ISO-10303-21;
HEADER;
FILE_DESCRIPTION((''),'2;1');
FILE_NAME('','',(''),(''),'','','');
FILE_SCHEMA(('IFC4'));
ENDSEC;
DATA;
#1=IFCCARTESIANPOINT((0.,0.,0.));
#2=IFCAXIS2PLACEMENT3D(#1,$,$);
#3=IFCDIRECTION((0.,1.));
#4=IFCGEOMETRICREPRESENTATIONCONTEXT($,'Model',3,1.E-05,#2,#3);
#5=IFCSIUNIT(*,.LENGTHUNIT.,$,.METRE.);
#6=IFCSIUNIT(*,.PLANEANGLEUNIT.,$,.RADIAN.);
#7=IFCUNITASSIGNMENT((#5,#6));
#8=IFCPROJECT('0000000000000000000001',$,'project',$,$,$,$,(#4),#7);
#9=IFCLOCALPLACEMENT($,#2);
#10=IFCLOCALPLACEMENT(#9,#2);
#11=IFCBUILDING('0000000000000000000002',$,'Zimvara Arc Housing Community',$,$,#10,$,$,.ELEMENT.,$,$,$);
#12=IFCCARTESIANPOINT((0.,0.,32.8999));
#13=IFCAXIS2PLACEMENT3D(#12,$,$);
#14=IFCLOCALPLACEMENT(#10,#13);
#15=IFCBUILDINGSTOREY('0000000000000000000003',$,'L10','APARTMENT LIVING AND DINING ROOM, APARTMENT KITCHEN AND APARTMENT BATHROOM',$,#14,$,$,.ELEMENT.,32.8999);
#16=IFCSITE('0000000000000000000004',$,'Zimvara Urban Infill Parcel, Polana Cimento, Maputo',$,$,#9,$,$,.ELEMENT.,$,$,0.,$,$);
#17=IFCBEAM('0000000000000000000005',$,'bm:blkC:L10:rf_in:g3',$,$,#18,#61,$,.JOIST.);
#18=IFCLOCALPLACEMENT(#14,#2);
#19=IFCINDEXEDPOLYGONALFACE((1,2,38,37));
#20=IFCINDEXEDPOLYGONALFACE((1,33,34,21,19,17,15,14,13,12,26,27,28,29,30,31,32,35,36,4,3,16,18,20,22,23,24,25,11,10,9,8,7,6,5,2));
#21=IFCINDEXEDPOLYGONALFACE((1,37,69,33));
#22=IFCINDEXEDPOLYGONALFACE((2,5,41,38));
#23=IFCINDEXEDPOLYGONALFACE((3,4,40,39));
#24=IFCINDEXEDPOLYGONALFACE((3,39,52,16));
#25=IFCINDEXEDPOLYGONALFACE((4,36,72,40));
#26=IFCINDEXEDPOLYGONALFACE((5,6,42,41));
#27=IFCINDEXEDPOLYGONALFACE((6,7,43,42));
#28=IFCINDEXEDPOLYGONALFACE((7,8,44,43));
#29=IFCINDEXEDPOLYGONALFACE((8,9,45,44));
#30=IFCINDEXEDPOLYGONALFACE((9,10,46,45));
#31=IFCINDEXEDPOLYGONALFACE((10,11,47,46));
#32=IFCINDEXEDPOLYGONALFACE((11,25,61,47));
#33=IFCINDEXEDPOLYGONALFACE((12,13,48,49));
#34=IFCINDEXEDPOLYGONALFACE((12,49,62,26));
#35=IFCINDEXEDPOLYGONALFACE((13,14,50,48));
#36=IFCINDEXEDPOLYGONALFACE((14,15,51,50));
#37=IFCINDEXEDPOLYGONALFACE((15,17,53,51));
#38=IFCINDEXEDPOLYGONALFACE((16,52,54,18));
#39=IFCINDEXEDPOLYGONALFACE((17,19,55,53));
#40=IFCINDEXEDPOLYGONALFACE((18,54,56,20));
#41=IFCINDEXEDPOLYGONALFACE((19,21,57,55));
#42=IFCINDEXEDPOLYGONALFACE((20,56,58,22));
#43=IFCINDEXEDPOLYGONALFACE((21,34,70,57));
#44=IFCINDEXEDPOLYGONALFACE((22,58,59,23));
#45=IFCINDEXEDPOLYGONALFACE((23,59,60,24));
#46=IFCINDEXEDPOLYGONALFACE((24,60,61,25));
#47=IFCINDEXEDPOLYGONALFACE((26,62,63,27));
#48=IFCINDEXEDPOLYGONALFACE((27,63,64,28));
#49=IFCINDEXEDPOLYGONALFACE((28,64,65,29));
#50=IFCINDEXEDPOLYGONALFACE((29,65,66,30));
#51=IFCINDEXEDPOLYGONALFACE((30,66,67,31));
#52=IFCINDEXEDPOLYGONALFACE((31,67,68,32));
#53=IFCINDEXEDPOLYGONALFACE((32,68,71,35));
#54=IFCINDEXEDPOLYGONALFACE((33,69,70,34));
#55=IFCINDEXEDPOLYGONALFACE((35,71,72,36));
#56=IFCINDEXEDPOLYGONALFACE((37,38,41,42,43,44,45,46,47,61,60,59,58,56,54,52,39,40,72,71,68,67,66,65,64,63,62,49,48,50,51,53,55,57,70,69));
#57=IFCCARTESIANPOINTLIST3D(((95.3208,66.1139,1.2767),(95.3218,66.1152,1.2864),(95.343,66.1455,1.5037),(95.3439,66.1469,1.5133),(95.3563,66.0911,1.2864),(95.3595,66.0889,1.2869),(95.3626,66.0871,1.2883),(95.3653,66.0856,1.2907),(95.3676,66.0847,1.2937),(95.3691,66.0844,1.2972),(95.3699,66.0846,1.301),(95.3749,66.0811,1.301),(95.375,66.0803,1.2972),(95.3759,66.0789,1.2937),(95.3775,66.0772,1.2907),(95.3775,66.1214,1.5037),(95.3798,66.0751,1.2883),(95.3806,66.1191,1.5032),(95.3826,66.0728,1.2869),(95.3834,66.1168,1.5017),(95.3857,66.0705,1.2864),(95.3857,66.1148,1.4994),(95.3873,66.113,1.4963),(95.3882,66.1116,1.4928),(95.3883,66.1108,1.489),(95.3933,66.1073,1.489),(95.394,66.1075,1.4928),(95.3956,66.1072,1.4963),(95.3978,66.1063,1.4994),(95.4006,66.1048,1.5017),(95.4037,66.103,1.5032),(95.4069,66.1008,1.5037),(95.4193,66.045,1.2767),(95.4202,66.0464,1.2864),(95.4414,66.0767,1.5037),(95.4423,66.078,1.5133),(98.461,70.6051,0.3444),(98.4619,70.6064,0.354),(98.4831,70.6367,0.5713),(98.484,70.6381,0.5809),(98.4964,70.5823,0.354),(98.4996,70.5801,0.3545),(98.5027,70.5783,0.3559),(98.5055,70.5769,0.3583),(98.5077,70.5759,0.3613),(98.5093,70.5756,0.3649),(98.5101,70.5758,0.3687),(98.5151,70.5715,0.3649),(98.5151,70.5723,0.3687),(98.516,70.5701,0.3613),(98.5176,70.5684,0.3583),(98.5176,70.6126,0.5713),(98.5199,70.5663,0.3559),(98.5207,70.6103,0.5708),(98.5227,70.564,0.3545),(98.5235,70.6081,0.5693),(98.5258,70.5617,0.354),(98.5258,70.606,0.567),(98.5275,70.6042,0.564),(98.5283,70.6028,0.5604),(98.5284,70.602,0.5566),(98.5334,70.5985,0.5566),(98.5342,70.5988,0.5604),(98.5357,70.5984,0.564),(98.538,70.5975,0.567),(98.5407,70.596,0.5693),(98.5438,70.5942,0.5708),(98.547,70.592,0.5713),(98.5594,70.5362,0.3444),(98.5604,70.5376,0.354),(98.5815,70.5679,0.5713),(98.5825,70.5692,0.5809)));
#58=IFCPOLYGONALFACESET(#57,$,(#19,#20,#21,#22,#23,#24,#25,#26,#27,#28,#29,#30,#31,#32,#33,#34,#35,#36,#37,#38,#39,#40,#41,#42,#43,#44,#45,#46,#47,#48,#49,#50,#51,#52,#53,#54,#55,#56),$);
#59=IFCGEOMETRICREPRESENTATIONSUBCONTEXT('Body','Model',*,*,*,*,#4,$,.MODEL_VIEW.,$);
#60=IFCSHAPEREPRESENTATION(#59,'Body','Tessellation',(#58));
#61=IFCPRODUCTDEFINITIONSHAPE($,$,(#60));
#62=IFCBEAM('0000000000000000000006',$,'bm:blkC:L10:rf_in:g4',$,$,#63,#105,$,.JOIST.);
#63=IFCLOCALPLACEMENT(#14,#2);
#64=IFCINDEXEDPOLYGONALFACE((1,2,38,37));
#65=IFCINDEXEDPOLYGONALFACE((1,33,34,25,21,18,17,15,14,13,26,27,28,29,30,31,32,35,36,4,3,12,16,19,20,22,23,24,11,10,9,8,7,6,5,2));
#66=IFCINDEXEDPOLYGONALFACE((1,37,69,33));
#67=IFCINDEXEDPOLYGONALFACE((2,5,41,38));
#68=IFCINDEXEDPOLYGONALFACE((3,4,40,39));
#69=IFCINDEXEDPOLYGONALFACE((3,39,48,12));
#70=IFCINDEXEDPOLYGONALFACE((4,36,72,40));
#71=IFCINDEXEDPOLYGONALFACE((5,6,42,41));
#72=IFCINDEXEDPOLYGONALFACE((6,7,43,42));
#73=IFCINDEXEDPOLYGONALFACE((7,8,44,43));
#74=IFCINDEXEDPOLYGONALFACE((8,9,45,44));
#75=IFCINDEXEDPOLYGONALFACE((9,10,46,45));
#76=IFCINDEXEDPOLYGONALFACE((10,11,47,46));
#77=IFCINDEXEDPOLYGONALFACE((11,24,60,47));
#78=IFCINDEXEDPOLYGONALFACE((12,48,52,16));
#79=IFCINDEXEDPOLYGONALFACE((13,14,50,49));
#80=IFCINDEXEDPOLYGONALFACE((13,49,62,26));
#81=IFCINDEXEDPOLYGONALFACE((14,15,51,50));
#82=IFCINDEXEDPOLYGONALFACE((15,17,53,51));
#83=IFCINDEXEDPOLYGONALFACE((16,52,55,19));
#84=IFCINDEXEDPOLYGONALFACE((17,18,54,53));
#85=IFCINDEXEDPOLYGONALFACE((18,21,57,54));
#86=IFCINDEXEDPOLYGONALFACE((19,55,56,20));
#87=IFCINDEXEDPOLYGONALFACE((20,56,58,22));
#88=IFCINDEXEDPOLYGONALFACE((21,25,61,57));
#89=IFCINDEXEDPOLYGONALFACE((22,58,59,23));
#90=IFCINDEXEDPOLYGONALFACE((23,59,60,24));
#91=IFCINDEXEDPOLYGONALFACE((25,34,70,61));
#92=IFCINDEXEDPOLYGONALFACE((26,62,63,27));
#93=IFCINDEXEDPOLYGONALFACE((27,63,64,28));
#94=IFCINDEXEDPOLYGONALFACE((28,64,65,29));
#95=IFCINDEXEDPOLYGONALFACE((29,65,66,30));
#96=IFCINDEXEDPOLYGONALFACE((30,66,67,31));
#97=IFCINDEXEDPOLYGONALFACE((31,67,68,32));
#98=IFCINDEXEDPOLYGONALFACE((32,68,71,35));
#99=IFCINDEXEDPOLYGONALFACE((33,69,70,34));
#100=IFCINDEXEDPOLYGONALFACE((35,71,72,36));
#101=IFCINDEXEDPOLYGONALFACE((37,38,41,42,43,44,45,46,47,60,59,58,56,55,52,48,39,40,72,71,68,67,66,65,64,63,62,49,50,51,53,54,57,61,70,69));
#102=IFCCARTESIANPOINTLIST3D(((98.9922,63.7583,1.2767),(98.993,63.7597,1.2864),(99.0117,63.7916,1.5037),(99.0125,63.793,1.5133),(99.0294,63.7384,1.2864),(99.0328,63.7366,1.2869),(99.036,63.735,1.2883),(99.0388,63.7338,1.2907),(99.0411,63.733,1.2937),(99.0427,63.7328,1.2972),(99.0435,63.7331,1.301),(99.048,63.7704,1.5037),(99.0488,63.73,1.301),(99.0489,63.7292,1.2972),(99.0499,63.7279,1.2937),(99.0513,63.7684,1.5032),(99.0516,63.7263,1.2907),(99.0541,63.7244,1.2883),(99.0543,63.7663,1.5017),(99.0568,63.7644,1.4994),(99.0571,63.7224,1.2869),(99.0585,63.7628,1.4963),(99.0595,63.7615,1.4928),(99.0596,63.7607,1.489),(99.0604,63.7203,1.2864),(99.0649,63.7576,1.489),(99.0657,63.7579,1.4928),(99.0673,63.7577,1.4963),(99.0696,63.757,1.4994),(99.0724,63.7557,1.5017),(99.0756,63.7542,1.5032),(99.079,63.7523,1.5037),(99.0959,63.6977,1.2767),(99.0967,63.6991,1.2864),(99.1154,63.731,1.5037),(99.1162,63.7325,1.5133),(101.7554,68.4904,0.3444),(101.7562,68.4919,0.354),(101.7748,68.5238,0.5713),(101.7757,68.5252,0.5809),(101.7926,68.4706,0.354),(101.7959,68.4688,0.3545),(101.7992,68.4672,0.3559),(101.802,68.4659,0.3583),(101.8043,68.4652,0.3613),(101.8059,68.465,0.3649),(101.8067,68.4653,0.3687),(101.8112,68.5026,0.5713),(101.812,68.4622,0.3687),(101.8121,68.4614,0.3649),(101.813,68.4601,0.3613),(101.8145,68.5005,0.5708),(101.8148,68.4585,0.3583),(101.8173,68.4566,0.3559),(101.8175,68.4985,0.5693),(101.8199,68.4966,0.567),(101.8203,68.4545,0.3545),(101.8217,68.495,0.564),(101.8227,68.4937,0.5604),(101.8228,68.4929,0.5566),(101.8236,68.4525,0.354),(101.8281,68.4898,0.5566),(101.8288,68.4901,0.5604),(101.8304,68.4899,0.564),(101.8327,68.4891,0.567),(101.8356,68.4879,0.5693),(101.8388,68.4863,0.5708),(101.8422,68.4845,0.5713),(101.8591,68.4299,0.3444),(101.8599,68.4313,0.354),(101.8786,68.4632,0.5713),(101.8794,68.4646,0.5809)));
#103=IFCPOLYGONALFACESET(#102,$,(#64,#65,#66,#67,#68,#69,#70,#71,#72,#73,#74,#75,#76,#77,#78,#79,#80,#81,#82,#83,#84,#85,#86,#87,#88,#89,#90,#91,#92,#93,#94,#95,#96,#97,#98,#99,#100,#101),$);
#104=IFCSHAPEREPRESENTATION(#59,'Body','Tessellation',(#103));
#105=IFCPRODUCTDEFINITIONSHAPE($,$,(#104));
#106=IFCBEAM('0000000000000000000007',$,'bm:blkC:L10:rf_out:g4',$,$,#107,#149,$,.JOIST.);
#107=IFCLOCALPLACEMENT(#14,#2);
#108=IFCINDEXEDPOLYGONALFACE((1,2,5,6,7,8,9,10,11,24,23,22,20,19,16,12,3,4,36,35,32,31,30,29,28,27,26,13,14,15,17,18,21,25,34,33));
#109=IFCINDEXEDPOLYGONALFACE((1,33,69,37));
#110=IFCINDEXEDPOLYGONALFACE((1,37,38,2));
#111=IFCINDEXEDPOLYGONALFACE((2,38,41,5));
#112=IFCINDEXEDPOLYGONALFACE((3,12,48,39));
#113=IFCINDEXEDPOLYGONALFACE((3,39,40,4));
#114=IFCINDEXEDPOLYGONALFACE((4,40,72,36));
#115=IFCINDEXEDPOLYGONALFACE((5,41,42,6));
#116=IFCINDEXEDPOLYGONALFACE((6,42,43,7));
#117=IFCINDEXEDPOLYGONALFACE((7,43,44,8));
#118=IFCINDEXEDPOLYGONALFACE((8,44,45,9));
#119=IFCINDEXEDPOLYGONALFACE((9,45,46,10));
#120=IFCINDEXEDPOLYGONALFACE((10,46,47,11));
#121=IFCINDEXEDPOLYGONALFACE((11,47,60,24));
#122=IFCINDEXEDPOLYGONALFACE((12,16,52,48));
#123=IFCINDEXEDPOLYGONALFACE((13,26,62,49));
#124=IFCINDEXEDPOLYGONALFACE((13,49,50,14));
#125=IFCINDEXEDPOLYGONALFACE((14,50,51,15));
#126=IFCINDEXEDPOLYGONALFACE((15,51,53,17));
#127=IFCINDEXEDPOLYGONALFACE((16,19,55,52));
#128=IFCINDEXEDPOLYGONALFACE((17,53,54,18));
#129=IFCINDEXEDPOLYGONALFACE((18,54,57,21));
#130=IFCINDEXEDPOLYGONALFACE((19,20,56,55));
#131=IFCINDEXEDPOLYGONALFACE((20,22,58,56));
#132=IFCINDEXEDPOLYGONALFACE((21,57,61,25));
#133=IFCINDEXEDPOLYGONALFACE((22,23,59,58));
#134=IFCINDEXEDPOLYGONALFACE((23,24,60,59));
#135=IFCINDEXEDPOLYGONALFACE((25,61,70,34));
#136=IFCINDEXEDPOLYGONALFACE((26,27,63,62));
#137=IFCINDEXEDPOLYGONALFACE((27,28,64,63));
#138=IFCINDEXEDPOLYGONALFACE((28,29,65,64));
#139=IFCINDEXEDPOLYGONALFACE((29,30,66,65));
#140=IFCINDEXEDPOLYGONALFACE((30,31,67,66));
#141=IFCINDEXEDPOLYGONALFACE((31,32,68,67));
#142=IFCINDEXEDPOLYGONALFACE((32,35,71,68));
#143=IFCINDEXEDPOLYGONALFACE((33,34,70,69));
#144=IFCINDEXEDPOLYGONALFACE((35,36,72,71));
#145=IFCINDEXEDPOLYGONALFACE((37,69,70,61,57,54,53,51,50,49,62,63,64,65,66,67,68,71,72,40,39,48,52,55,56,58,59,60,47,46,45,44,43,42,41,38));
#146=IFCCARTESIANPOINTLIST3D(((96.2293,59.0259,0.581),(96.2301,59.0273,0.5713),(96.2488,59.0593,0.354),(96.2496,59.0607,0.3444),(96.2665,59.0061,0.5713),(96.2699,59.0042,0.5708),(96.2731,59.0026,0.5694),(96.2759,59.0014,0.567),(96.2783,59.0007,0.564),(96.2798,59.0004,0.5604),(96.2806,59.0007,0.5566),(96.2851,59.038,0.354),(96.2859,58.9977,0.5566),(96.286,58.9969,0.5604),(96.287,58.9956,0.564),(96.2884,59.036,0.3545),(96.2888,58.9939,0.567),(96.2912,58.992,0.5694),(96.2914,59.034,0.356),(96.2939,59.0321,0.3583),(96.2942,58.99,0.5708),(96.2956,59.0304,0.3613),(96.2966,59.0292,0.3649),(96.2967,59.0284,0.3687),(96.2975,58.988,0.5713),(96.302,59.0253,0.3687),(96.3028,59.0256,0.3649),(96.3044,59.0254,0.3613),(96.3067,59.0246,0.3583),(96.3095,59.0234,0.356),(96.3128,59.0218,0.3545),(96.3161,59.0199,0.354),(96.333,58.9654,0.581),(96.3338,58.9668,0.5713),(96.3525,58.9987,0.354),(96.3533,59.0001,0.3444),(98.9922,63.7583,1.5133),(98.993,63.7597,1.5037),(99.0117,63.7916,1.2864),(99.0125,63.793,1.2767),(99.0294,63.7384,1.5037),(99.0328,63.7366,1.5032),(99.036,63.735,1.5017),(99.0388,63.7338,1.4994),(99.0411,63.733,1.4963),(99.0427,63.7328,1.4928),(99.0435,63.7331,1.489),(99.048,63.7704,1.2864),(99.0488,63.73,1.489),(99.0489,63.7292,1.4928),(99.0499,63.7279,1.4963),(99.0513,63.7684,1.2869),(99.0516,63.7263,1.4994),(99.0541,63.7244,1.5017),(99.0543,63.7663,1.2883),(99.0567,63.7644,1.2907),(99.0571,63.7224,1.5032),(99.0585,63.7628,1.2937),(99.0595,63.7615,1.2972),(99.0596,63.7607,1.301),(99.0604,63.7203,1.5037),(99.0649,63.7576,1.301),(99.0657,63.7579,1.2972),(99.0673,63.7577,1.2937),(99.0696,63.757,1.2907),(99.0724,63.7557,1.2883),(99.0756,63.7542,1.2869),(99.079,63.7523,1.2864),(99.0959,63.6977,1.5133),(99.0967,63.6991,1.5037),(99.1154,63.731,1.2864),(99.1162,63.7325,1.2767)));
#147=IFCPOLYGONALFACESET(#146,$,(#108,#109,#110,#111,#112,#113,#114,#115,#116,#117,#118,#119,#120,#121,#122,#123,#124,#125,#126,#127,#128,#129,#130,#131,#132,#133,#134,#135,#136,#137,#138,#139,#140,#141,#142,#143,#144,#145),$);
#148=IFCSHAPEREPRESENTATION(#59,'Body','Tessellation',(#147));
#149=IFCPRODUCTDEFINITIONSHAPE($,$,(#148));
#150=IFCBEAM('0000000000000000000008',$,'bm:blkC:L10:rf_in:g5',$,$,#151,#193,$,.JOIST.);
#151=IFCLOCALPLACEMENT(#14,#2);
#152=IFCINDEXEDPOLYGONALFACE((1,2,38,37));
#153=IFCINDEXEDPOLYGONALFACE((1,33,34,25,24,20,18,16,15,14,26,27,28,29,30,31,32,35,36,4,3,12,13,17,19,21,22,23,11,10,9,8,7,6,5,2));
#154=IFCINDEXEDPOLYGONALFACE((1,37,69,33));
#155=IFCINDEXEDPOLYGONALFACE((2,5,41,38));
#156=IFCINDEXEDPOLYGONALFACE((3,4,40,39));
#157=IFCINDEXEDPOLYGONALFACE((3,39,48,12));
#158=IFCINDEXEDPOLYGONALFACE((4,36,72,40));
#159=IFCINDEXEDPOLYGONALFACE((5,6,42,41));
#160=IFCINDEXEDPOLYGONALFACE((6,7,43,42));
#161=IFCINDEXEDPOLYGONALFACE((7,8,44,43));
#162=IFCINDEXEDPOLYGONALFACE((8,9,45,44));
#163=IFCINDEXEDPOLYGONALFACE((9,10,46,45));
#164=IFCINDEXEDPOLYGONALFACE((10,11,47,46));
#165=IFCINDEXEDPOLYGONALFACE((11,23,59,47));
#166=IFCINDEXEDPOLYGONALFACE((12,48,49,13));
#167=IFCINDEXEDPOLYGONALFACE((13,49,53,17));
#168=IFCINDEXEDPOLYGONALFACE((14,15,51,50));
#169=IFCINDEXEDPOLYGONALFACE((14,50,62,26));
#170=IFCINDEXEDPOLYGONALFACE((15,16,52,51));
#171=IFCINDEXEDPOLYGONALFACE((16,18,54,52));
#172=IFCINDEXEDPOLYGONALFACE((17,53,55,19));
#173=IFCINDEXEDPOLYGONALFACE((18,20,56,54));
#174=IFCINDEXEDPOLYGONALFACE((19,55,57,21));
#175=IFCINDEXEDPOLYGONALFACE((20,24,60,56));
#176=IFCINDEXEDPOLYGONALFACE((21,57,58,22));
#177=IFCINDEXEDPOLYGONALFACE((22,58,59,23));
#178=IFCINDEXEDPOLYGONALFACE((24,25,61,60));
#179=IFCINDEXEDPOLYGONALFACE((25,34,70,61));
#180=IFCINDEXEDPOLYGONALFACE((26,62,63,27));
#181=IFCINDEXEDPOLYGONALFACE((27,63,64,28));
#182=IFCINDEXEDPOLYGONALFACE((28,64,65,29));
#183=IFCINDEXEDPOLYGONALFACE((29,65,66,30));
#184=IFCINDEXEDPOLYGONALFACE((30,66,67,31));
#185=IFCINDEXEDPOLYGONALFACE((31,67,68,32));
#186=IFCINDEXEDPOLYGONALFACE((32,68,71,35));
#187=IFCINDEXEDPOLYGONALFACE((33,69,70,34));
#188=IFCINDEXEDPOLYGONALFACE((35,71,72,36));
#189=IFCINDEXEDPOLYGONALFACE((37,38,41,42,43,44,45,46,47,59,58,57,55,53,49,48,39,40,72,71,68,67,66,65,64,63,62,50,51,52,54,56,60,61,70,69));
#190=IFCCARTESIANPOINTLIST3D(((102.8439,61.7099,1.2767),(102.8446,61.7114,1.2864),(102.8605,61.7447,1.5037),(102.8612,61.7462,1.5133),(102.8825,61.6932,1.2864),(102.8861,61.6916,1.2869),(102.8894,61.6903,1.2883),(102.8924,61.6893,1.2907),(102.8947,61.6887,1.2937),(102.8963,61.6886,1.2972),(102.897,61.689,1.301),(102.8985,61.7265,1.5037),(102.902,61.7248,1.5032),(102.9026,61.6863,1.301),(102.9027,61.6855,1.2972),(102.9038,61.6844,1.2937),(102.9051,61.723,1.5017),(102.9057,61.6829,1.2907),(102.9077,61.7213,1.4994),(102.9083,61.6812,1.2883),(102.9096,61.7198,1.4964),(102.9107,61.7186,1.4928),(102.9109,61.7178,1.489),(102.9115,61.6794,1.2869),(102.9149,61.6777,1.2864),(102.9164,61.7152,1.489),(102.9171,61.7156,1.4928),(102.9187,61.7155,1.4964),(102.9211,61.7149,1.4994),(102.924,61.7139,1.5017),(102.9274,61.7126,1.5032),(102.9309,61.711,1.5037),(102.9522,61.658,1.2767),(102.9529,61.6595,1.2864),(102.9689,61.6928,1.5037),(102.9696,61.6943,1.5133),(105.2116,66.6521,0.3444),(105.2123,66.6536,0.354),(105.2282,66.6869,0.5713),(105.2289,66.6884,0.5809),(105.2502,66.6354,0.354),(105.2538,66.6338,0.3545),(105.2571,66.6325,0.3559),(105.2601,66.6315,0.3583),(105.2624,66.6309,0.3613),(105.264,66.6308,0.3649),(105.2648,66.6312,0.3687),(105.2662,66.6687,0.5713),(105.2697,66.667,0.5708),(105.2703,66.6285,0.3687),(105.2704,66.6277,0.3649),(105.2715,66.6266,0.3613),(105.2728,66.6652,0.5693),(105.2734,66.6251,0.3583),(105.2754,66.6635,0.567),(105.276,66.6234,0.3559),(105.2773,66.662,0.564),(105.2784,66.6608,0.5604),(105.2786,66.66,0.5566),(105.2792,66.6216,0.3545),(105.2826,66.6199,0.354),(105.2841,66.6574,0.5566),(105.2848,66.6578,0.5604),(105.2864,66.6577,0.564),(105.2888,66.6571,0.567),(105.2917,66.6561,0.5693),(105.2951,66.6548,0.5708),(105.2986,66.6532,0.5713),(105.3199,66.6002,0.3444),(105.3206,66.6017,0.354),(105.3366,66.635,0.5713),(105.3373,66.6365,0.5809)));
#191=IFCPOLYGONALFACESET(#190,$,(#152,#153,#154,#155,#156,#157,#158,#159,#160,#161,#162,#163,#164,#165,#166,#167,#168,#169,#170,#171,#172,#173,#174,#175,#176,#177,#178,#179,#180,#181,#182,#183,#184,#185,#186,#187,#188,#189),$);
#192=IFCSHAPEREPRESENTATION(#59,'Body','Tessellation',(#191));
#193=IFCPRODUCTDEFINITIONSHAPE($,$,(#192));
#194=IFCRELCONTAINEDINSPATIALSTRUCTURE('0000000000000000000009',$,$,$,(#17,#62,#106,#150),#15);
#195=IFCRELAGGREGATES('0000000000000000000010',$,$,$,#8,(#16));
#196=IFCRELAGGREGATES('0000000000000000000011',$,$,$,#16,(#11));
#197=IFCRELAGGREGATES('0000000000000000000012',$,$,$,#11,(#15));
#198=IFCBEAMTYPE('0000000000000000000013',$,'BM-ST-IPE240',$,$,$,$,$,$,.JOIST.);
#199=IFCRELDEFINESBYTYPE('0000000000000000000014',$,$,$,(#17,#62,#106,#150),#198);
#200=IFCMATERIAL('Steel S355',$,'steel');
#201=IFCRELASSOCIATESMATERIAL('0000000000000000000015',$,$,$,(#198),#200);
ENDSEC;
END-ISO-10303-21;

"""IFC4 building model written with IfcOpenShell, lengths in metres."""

from ifc_helpers import new_model, si_unit, direction, frame, origin, origin_2d, place, context, subcontext, project, spatial, i_section, extrude, material, material_profile, profile_set, type_object, element, save


model = new_model("IFC4")

# Units and contexts
model_context = context("Model", 3, precision=1e-05, world=origin(), true_north=direction((0.0, 1.0)))
body_context = subcontext(model_context, "Body", "Model", "MODEL_VIEW")
ifc_project = project(units=[si_unit("LENGTHUNIT", "METRE"), si_unit("PLANEANGLEUNIT", "RADIAN")], contexts=[model_context])

# Site, building, storey
site_placement = place(None, origin())
site = spatial("IfcSite", under=ifc_project, at=site_placement, Name="Zimvara Urban Infill Parcel, Polana Cimento, Maputo", CompositionType="ELEMENT", RefElevation=0.0)
building_placement = place(site_placement, origin())
building = spatial("IfcBuilding", under=site, at=building_placement, Name="Zimvara Arc Housing Community", CompositionType="ELEMENT")
storey_placement = place(building_placement, frame((0.0, 0.0, 32.8999)))
storey = spatial("IfcBuildingStorey", under=building, at=storey_placement, Name="L10", Description="APARTMENT LIVING AND DINING ROOM, APARTMENT KITCHEN AND APARTMENT BATHROOM", CompositionType="ELEMENT", Elevation=32.8999)

# Beams
ifc_material_1 = material(Name="Steel S355", Category="steel")
ifc_material_profile_1 = material_profile(ifc_material_1, i_section(OverallWidth=0.1201, OverallDepth=0.24, WebThickness=0.0061, FlangeThickness=0.0098, FilletRadius=0.0149, at=origin_2d()), Name="IPE 240")
ifc_profile_set_1 = profile_set([ifc_material_profile_1], Name="Steel S355")
beam_type_1 = type_object("IfcBeamType", Name="BM-ST-IPE240", PredefinedType="JOIST", material=ifc_profile_set_1)
beam_1_placement = place(storey_placement, frame((98.5217, 70.5872, 0.4626), z_axis=(-0.56489, -0.80794, 0.167728), x_axis=(0.81955, -0.573008, 0.0)))
element("IfcBeam", 1, at=beam_1_placement, inside=storey, type_object=beam_type_1, Name="bm:blkC:L10:rf_in:g3", PredefinedType="JOIST", context=body_context, shape_type="SweptSolid", body=[
    extrude(i_section(OverallWidth=0.1201, OverallDepth=0.24, WebThickness=0.0061, FlangeThickness=0.0098, FilletRadius=0.0149, at=origin_2d()), origin(), (0.0, 0.0, 1.0), 5.5588),
])
for number, where, z_axis, x_axis, name in (
    (2, (101.8174, 68.4775, 0.4626), (-0.497101, -0.851326, 0.167735), (0.863561, -0.504245, 0.0), "bm:blkC:L10:rf_in:g4"),
    (3, (99.0542, 63.7454, 1.395), (-0.497049, -0.851356, -0.167733), (0.863591, -0.504192, 0.0), "bm:blkC:L10:rf_out:g4"),
):
    element("IfcBeam", number, at=place(storey_placement, frame(where, z_axis=z_axis, x_axis=x_axis)), inside=storey, type_object=beam_type_1, Name=name, PredefinedType="JOIST", context=body_context, shape_type="SweptSolid", body=[
        extrude(i_section(OverallWidth=0.1201, OverallDepth=0.24, WebThickness=0.0061, FlangeThickness=0.0098, FilletRadius=0.0149, at=origin_2d()), origin(), (0.0, 0.0, 1.0), 5.5586),
    ])
beam_2_placement = place(storey_placement, frame((105.2744, 66.6443, 0.4626), z_axis=(-0.425935, -0.88907, 0.16773), x_axis=(0.901847, -0.432056, 0.0)))
element("IfcBeam", 4, at=beam_2_placement, inside=storey, type_object=beam_type_1, Name="bm:blkC:L10:rf_in:g5", PredefinedType="JOIST", context=body_context, shape_type="SweptSolid", body=[
    extrude(i_section(OverallWidth=0.1201, OverallDepth=0.24, WebThickness=0.0061, FlangeThickness=0.0098, FilletRadius=0.0149, at=origin_2d()), origin(), (0.0, 0.0, 1.0), 5.5588),
])

save(model, "model.ifc")
